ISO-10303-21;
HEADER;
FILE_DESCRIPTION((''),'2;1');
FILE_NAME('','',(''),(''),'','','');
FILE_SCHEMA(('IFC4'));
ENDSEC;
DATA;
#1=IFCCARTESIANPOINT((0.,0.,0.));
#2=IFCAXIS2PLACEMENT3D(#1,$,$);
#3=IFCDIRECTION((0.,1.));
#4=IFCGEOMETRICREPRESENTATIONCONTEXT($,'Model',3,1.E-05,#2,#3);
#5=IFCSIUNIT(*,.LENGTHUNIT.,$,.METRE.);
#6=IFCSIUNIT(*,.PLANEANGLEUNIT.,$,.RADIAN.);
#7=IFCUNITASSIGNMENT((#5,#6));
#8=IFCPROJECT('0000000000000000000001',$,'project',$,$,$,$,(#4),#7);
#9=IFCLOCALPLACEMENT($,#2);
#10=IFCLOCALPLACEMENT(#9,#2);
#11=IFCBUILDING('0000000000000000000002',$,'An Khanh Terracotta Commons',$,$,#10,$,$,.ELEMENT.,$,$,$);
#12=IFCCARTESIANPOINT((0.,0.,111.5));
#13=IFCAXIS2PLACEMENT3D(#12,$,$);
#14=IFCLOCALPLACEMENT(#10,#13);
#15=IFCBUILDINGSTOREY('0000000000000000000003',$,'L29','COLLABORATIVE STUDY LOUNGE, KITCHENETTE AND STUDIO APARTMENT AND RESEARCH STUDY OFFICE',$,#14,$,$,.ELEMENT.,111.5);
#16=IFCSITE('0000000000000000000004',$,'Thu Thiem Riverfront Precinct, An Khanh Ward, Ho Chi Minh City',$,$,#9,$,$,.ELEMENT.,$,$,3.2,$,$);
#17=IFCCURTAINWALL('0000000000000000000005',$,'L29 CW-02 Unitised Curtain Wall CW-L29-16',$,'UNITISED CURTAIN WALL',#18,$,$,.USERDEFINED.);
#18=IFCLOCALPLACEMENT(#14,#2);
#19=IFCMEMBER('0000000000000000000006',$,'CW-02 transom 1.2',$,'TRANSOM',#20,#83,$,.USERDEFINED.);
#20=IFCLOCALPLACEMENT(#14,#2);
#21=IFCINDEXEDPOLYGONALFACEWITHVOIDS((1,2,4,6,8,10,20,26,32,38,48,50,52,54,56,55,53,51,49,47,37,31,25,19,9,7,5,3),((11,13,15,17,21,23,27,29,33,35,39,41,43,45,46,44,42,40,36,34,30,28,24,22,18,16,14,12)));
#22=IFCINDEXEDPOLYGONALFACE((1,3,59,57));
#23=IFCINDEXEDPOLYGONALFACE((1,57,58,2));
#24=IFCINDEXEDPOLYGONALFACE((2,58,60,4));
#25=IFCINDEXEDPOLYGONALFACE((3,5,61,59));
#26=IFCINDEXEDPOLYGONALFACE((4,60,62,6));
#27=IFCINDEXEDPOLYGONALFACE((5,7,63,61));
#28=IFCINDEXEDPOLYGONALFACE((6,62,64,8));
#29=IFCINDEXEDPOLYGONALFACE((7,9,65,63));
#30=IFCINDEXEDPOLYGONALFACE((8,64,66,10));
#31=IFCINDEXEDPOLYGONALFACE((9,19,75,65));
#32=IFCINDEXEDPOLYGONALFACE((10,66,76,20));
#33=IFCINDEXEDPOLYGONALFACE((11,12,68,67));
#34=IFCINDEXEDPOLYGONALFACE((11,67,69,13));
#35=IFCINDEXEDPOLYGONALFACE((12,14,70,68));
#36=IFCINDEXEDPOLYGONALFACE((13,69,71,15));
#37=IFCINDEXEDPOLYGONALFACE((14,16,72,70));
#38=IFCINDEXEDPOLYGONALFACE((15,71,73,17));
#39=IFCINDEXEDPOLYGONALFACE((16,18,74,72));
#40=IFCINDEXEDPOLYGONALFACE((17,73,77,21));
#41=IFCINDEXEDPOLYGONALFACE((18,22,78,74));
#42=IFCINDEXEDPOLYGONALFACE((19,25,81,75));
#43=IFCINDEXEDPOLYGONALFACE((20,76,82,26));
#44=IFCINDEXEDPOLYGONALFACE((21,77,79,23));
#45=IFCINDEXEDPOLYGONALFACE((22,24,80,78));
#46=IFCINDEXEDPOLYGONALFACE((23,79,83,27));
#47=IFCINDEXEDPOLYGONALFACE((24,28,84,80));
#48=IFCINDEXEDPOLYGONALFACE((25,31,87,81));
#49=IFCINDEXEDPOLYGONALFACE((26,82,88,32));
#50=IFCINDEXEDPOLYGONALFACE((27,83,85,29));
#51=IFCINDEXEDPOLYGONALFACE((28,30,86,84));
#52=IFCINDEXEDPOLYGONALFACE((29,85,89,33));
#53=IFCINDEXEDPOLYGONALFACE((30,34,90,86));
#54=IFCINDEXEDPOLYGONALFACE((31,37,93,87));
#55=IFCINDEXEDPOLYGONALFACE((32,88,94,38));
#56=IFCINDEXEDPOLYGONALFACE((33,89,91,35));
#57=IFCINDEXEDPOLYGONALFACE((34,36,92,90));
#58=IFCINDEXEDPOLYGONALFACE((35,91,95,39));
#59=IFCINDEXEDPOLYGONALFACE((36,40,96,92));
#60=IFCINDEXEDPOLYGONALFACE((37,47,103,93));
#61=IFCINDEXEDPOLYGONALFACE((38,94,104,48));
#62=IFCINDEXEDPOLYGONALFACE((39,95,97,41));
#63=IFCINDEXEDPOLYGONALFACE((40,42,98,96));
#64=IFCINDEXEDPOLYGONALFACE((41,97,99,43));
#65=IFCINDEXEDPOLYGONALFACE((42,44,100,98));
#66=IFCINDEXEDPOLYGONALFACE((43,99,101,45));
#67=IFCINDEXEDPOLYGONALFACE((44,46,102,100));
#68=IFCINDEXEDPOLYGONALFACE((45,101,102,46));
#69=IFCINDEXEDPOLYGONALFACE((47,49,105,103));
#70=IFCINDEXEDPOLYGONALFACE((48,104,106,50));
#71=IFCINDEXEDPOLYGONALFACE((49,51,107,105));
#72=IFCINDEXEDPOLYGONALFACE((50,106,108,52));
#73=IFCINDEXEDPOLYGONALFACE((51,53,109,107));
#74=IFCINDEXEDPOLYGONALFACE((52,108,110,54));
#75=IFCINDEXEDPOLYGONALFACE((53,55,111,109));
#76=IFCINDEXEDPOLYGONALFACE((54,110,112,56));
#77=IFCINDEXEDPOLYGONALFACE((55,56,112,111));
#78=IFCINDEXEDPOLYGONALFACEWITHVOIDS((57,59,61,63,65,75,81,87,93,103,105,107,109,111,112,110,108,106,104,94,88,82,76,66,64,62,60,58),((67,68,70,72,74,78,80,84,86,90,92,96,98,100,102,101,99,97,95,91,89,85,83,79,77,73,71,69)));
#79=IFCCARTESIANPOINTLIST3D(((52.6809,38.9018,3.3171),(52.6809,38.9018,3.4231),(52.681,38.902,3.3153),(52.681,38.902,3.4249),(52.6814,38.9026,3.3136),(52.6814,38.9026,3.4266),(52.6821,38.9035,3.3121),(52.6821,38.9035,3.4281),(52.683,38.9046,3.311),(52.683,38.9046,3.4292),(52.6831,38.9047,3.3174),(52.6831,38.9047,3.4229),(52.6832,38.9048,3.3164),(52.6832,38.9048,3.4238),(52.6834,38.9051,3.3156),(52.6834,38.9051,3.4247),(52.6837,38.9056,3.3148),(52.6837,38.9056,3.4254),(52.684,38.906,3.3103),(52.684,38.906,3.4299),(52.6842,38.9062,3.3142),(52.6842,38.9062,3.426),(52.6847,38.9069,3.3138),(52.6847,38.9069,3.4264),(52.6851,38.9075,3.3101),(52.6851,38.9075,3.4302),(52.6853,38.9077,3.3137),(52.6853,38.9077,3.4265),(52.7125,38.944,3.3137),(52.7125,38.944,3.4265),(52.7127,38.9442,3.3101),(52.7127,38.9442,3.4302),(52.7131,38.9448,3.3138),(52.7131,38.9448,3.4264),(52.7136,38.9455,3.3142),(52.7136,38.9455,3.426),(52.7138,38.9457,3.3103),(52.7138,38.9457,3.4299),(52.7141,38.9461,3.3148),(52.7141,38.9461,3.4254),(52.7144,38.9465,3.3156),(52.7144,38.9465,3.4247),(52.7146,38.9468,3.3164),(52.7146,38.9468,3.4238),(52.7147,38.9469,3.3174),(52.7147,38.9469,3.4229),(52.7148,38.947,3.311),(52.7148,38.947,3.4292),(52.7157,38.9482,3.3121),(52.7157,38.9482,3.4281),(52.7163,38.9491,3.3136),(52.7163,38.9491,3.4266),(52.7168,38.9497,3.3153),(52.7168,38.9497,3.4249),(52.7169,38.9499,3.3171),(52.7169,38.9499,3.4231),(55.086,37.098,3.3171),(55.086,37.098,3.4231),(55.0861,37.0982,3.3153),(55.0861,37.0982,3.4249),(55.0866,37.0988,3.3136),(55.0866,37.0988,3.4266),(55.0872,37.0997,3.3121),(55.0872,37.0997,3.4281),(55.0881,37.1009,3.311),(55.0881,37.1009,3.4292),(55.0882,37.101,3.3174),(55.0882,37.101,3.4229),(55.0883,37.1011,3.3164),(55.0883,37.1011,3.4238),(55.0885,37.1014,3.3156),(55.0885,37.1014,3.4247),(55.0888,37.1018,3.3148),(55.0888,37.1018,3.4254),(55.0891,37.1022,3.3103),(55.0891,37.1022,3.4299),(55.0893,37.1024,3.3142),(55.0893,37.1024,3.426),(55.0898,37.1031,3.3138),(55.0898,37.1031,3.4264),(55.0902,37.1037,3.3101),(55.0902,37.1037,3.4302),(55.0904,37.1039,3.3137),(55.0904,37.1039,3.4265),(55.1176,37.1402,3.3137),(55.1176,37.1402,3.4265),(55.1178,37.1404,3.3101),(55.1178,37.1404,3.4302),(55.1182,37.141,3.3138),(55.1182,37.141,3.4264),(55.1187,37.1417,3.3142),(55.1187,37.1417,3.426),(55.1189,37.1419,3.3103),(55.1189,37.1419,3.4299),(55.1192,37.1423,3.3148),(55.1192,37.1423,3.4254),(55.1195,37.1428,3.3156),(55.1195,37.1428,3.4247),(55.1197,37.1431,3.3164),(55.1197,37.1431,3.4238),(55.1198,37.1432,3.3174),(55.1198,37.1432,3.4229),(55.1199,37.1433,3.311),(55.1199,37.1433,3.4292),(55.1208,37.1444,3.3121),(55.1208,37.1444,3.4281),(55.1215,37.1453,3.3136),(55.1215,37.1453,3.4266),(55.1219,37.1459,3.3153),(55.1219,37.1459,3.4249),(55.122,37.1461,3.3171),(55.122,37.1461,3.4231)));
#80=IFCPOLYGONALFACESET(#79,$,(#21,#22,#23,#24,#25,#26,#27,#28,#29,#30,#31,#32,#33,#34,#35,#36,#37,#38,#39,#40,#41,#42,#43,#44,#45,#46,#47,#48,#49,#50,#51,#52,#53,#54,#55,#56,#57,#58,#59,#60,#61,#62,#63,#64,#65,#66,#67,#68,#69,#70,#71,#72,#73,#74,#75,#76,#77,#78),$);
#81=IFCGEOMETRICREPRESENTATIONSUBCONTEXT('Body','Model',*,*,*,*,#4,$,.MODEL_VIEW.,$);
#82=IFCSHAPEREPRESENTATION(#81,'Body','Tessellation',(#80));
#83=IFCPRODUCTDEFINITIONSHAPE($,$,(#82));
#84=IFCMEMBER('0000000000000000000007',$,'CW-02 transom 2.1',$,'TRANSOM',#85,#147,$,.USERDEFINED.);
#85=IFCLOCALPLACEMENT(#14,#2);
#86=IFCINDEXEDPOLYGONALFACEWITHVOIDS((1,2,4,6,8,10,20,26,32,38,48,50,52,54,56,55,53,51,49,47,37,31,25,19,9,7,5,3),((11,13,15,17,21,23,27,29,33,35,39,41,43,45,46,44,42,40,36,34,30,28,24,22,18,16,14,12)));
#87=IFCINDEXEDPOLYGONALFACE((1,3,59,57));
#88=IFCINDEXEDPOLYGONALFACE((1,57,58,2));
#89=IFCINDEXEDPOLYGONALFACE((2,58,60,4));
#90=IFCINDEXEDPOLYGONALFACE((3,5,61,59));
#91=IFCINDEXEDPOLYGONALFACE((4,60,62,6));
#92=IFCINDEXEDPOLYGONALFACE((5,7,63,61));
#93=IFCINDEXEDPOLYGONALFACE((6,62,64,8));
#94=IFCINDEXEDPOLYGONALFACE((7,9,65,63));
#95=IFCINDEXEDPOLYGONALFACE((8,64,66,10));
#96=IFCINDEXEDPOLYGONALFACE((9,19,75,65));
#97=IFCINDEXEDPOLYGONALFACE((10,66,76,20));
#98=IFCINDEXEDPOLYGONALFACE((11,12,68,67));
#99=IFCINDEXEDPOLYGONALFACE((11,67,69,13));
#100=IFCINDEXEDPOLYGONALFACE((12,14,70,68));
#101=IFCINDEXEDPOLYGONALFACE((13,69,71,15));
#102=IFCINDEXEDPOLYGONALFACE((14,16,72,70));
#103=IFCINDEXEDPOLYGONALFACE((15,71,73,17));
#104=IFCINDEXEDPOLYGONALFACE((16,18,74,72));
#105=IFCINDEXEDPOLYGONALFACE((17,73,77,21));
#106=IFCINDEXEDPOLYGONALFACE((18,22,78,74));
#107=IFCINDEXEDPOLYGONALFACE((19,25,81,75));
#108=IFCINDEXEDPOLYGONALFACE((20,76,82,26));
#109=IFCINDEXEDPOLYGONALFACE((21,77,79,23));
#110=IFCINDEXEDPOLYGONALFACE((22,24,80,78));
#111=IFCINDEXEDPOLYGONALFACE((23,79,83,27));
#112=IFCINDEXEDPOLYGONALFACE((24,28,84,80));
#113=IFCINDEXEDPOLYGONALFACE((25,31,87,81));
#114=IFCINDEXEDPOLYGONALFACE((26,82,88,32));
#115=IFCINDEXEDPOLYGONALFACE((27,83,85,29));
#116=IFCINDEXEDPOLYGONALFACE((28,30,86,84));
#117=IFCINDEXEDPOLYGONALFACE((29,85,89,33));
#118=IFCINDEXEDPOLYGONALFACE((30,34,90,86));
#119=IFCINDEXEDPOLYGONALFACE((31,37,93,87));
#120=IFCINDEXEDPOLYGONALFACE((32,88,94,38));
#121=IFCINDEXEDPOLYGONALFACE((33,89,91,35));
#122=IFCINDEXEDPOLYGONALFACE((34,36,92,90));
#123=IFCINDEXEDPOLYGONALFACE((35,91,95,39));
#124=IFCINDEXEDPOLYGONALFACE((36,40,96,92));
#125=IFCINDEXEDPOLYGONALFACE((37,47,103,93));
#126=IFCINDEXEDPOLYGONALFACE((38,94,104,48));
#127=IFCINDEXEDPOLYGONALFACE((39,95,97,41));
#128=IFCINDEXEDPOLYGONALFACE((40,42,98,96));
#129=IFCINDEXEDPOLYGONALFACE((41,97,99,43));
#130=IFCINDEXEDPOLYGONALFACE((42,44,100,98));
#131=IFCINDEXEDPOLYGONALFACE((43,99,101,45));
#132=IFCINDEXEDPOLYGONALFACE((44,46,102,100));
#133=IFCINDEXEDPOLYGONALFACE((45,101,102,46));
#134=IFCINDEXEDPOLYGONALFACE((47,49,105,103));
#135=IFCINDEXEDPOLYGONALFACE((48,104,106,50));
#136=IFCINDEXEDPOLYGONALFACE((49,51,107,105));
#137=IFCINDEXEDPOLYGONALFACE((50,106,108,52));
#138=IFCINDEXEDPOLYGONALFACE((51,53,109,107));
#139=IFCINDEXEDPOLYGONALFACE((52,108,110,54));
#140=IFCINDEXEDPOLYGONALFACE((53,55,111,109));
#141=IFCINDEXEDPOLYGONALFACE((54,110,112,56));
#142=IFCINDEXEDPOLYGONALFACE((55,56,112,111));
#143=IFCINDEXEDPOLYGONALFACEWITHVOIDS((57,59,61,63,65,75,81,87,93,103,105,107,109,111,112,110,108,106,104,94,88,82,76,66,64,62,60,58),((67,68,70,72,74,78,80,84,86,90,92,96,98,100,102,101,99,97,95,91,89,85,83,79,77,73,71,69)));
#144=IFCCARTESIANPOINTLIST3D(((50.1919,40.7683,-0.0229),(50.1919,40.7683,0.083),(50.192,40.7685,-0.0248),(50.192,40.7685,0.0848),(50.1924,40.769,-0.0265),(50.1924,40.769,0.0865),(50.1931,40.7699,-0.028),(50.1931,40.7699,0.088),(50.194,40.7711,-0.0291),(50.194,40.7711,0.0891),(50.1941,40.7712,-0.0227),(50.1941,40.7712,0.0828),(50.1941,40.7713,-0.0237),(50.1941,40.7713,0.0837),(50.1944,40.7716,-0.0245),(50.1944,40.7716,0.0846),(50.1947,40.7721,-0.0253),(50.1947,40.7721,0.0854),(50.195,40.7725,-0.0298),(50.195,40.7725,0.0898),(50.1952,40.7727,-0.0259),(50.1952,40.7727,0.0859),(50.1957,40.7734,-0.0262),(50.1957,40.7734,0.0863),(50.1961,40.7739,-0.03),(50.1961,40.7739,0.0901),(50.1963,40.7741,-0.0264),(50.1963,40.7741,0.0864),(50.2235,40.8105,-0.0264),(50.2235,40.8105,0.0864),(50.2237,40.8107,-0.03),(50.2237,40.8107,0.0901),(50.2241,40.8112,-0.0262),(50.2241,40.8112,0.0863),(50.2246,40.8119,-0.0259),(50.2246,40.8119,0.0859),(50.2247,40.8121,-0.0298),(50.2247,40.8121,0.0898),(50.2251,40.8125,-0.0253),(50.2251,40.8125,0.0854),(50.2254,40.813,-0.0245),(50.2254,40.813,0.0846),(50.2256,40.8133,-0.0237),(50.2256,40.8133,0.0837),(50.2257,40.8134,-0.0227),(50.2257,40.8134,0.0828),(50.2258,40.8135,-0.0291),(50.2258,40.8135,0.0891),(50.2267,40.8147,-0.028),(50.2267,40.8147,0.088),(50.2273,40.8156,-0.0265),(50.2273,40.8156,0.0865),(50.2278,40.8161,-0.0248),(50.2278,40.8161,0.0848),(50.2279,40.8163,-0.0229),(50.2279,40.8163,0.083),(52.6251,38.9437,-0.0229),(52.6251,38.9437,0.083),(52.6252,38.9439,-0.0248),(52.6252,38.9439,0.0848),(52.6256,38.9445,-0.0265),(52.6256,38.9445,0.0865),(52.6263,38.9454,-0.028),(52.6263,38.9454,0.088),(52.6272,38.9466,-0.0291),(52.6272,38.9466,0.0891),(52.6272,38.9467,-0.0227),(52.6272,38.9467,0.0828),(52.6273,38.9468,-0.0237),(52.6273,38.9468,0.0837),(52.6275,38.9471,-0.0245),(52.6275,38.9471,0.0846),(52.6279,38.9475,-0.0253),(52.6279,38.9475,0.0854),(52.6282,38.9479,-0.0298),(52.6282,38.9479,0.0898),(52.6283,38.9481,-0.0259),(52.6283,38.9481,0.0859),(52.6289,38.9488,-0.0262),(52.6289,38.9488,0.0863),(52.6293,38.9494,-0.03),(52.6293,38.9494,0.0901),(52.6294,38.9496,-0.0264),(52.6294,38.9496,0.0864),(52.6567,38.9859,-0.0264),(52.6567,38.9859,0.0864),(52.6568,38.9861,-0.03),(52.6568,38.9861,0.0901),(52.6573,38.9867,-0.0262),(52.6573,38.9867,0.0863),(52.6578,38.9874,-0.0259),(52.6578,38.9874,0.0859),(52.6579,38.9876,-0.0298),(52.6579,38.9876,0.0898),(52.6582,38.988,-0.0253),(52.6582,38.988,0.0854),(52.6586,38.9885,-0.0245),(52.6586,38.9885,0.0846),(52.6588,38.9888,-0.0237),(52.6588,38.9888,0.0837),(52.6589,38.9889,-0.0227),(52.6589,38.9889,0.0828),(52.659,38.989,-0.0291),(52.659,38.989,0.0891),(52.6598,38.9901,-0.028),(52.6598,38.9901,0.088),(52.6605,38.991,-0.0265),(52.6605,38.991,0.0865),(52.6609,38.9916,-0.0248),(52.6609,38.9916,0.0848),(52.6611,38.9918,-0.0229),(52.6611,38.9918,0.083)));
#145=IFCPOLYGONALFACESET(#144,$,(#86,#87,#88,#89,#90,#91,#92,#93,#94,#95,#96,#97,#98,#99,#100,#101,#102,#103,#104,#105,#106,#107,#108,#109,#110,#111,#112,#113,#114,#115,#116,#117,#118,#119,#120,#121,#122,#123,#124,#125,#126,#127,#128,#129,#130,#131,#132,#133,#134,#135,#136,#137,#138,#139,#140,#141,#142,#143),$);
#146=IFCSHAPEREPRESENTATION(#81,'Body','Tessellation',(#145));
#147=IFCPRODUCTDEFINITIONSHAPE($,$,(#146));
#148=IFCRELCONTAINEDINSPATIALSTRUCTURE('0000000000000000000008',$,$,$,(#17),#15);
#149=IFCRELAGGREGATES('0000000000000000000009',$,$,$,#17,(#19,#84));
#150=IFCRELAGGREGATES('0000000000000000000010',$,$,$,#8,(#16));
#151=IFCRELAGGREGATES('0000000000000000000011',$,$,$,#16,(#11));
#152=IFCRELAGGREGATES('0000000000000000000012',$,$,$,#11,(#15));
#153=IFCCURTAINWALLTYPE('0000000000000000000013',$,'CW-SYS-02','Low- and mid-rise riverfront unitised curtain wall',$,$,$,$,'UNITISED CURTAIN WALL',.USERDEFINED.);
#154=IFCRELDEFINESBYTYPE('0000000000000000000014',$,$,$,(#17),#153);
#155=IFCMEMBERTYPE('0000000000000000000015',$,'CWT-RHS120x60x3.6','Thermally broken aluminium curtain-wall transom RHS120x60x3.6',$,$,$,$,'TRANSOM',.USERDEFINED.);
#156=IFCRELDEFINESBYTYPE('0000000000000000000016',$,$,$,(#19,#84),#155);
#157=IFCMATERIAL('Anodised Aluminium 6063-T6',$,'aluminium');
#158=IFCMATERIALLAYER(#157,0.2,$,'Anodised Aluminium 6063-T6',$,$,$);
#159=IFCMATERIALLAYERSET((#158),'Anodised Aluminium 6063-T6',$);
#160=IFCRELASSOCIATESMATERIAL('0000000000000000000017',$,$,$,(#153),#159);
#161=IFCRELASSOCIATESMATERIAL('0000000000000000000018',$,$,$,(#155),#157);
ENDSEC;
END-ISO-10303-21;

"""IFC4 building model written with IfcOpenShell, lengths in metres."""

from ifc_helpers import new_model, si_unit, direction, frame, origin, origin_2d, place, context, subcontext, project, spatial, hollow_rectangle, extrude, material, layer, layer_set, material_profile, profile_set, type_object, element, aggregate, save


model = new_model("IFC4")

# Units and contexts
model_context = context("Model", 3, precision=1e-05, world=origin(), true_north=direction((0.0, 1.0)))
body_context = subcontext(model_context, "Body", "Model", "MODEL_VIEW")
ifc_project = project(units=[si_unit("LENGTHUNIT", "METRE"), si_unit("PLANEANGLEUNIT", "RADIAN")], contexts=[model_context])

# Site, building, storey
site_placement = place(None, origin())
site = spatial("IfcSite", under=ifc_project, at=site_placement, Name="Thu Thiem Riverfront Precinct, An Khanh Ward, Ho Chi Minh City", CompositionType="ELEMENT", RefElevation=3.2)
building_placement = place(site_placement, origin())
building = spatial("IfcBuilding", under=site, at=building_placement, Name="An Khanh Terracotta Commons", CompositionType="ELEMENT")
storey_placement = place(building_placement, frame((0.0, 0.0, 111.5)))
storey = spatial("IfcBuildingStorey", under=building, at=storey_placement, Name="L29", Description="COLLABORATIVE STUDY LOUNGE, KITCHENETTE AND STUDIO APARTMENT AND RESEARCH STUDY OFFICE", CompositionType="ELEMENT", Elevation=111.5)

# Shared definitions
ifc_material_1 = material(Name="Anodised Aluminium 6063-T6", Category="aluminium")
ifc_layer_1 = layer(ifc_material_1, 0.2, Name="Anodised Aluminium 6063-T6")
ifc_layer_set_1 = layer_set([ifc_layer_1], Name="Anodised Aluminium 6063-T6")
curtain_wall_type = type_object("IfcCurtainWallType", Name="CW-SYS-02", Description="Low- and mid-rise riverfront unitised curtain wall", ElementType="UNITISED CURTAIN WALL", PredefinedType="USERDEFINED", material=ifc_layer_set_1)

# Curtain wall, members
curtain_wall_1_placement = place(storey_placement, origin())
curtain_wall_1 = element("IfcCurtainWall", 1, at=curtain_wall_1_placement, inside=storey, type_object=curtain_wall_type, Name="L29 CW-02 Unitised Curtain Wall CW-L29-16", ObjectType="UNITISED CURTAIN WALL", PredefinedType="USERDEFINED")
ifc_material_profile_1 = material_profile(ifc_material_1, hollow_rectangle(XDim=0.0601, YDim=0.1201, WallThickness=0.0037, InnerFilletRadius=0.0037, OuterFilletRadius=0.0071, at=origin_2d()), Name="RHS120x60x3.6")
ifc_profile_set_1 = profile_set([ifc_material_profile_1], Name="Anodised Aluminium 6063-T6")
member_type_1 = type_object("IfcMemberType", Name="CWT-RHS120x60x3.6", Description="Thermally broken aluminium curtain-wall transom RHS120x60x3.6", ElementType="TRANSOM", PredefinedType="USERDEFINED", material=ifc_profile_set_1)
member_1_placement = place(storey_placement, frame((55.104, 37.1221, 3.3701), z_axis=(-0.80001, 0.599987, 0.0), x_axis=(-0.599987, -0.80001, 0.0)))
member_1 = element("IfcMember", 2, at=member_1_placement, type_object=member_type_1, Name="CW-02 transom 1.2", ObjectType="TRANSOM", PredefinedType="USERDEFINED", context=body_context, shape_type="SweptSolid", body=[
    extrude(hollow_rectangle(XDim=0.0601, YDim=0.1201, WallThickness=0.0037, InnerFilletRadius=0.0037, OuterFilletRadius=0.0071, at=origin_2d()), origin(), (0.0, 0.0, 1.0), 3.0063),
])
member_2_placement = place(storey_placement, frame((52.6431, 38.9678, 0.03), z_axis=(-0.800058, 0.599923, 0.0), x_axis=(-0.599923, -0.800058, 0.0)))
member_2 = element("IfcMember", 3, at=member_2_placement, type_object=member_type_1, Name="CW-02 transom 2.1", ObjectType="TRANSOM", PredefinedType="USERDEFINED", context=body_context, shape_type="SweptSolid", body=[
    extrude(hollow_rectangle(XDim=0.0601, YDim=0.1201, WallThickness=0.0037, InnerFilletRadius=0.0037, OuterFilletRadius=0.0071, at=origin_2d()), origin(), (0.0, 0.0, 1.0), 3.0413),
])
aggregate(curtain_wall_1, [member_1, member_2])

save(model, "model.ifc")
